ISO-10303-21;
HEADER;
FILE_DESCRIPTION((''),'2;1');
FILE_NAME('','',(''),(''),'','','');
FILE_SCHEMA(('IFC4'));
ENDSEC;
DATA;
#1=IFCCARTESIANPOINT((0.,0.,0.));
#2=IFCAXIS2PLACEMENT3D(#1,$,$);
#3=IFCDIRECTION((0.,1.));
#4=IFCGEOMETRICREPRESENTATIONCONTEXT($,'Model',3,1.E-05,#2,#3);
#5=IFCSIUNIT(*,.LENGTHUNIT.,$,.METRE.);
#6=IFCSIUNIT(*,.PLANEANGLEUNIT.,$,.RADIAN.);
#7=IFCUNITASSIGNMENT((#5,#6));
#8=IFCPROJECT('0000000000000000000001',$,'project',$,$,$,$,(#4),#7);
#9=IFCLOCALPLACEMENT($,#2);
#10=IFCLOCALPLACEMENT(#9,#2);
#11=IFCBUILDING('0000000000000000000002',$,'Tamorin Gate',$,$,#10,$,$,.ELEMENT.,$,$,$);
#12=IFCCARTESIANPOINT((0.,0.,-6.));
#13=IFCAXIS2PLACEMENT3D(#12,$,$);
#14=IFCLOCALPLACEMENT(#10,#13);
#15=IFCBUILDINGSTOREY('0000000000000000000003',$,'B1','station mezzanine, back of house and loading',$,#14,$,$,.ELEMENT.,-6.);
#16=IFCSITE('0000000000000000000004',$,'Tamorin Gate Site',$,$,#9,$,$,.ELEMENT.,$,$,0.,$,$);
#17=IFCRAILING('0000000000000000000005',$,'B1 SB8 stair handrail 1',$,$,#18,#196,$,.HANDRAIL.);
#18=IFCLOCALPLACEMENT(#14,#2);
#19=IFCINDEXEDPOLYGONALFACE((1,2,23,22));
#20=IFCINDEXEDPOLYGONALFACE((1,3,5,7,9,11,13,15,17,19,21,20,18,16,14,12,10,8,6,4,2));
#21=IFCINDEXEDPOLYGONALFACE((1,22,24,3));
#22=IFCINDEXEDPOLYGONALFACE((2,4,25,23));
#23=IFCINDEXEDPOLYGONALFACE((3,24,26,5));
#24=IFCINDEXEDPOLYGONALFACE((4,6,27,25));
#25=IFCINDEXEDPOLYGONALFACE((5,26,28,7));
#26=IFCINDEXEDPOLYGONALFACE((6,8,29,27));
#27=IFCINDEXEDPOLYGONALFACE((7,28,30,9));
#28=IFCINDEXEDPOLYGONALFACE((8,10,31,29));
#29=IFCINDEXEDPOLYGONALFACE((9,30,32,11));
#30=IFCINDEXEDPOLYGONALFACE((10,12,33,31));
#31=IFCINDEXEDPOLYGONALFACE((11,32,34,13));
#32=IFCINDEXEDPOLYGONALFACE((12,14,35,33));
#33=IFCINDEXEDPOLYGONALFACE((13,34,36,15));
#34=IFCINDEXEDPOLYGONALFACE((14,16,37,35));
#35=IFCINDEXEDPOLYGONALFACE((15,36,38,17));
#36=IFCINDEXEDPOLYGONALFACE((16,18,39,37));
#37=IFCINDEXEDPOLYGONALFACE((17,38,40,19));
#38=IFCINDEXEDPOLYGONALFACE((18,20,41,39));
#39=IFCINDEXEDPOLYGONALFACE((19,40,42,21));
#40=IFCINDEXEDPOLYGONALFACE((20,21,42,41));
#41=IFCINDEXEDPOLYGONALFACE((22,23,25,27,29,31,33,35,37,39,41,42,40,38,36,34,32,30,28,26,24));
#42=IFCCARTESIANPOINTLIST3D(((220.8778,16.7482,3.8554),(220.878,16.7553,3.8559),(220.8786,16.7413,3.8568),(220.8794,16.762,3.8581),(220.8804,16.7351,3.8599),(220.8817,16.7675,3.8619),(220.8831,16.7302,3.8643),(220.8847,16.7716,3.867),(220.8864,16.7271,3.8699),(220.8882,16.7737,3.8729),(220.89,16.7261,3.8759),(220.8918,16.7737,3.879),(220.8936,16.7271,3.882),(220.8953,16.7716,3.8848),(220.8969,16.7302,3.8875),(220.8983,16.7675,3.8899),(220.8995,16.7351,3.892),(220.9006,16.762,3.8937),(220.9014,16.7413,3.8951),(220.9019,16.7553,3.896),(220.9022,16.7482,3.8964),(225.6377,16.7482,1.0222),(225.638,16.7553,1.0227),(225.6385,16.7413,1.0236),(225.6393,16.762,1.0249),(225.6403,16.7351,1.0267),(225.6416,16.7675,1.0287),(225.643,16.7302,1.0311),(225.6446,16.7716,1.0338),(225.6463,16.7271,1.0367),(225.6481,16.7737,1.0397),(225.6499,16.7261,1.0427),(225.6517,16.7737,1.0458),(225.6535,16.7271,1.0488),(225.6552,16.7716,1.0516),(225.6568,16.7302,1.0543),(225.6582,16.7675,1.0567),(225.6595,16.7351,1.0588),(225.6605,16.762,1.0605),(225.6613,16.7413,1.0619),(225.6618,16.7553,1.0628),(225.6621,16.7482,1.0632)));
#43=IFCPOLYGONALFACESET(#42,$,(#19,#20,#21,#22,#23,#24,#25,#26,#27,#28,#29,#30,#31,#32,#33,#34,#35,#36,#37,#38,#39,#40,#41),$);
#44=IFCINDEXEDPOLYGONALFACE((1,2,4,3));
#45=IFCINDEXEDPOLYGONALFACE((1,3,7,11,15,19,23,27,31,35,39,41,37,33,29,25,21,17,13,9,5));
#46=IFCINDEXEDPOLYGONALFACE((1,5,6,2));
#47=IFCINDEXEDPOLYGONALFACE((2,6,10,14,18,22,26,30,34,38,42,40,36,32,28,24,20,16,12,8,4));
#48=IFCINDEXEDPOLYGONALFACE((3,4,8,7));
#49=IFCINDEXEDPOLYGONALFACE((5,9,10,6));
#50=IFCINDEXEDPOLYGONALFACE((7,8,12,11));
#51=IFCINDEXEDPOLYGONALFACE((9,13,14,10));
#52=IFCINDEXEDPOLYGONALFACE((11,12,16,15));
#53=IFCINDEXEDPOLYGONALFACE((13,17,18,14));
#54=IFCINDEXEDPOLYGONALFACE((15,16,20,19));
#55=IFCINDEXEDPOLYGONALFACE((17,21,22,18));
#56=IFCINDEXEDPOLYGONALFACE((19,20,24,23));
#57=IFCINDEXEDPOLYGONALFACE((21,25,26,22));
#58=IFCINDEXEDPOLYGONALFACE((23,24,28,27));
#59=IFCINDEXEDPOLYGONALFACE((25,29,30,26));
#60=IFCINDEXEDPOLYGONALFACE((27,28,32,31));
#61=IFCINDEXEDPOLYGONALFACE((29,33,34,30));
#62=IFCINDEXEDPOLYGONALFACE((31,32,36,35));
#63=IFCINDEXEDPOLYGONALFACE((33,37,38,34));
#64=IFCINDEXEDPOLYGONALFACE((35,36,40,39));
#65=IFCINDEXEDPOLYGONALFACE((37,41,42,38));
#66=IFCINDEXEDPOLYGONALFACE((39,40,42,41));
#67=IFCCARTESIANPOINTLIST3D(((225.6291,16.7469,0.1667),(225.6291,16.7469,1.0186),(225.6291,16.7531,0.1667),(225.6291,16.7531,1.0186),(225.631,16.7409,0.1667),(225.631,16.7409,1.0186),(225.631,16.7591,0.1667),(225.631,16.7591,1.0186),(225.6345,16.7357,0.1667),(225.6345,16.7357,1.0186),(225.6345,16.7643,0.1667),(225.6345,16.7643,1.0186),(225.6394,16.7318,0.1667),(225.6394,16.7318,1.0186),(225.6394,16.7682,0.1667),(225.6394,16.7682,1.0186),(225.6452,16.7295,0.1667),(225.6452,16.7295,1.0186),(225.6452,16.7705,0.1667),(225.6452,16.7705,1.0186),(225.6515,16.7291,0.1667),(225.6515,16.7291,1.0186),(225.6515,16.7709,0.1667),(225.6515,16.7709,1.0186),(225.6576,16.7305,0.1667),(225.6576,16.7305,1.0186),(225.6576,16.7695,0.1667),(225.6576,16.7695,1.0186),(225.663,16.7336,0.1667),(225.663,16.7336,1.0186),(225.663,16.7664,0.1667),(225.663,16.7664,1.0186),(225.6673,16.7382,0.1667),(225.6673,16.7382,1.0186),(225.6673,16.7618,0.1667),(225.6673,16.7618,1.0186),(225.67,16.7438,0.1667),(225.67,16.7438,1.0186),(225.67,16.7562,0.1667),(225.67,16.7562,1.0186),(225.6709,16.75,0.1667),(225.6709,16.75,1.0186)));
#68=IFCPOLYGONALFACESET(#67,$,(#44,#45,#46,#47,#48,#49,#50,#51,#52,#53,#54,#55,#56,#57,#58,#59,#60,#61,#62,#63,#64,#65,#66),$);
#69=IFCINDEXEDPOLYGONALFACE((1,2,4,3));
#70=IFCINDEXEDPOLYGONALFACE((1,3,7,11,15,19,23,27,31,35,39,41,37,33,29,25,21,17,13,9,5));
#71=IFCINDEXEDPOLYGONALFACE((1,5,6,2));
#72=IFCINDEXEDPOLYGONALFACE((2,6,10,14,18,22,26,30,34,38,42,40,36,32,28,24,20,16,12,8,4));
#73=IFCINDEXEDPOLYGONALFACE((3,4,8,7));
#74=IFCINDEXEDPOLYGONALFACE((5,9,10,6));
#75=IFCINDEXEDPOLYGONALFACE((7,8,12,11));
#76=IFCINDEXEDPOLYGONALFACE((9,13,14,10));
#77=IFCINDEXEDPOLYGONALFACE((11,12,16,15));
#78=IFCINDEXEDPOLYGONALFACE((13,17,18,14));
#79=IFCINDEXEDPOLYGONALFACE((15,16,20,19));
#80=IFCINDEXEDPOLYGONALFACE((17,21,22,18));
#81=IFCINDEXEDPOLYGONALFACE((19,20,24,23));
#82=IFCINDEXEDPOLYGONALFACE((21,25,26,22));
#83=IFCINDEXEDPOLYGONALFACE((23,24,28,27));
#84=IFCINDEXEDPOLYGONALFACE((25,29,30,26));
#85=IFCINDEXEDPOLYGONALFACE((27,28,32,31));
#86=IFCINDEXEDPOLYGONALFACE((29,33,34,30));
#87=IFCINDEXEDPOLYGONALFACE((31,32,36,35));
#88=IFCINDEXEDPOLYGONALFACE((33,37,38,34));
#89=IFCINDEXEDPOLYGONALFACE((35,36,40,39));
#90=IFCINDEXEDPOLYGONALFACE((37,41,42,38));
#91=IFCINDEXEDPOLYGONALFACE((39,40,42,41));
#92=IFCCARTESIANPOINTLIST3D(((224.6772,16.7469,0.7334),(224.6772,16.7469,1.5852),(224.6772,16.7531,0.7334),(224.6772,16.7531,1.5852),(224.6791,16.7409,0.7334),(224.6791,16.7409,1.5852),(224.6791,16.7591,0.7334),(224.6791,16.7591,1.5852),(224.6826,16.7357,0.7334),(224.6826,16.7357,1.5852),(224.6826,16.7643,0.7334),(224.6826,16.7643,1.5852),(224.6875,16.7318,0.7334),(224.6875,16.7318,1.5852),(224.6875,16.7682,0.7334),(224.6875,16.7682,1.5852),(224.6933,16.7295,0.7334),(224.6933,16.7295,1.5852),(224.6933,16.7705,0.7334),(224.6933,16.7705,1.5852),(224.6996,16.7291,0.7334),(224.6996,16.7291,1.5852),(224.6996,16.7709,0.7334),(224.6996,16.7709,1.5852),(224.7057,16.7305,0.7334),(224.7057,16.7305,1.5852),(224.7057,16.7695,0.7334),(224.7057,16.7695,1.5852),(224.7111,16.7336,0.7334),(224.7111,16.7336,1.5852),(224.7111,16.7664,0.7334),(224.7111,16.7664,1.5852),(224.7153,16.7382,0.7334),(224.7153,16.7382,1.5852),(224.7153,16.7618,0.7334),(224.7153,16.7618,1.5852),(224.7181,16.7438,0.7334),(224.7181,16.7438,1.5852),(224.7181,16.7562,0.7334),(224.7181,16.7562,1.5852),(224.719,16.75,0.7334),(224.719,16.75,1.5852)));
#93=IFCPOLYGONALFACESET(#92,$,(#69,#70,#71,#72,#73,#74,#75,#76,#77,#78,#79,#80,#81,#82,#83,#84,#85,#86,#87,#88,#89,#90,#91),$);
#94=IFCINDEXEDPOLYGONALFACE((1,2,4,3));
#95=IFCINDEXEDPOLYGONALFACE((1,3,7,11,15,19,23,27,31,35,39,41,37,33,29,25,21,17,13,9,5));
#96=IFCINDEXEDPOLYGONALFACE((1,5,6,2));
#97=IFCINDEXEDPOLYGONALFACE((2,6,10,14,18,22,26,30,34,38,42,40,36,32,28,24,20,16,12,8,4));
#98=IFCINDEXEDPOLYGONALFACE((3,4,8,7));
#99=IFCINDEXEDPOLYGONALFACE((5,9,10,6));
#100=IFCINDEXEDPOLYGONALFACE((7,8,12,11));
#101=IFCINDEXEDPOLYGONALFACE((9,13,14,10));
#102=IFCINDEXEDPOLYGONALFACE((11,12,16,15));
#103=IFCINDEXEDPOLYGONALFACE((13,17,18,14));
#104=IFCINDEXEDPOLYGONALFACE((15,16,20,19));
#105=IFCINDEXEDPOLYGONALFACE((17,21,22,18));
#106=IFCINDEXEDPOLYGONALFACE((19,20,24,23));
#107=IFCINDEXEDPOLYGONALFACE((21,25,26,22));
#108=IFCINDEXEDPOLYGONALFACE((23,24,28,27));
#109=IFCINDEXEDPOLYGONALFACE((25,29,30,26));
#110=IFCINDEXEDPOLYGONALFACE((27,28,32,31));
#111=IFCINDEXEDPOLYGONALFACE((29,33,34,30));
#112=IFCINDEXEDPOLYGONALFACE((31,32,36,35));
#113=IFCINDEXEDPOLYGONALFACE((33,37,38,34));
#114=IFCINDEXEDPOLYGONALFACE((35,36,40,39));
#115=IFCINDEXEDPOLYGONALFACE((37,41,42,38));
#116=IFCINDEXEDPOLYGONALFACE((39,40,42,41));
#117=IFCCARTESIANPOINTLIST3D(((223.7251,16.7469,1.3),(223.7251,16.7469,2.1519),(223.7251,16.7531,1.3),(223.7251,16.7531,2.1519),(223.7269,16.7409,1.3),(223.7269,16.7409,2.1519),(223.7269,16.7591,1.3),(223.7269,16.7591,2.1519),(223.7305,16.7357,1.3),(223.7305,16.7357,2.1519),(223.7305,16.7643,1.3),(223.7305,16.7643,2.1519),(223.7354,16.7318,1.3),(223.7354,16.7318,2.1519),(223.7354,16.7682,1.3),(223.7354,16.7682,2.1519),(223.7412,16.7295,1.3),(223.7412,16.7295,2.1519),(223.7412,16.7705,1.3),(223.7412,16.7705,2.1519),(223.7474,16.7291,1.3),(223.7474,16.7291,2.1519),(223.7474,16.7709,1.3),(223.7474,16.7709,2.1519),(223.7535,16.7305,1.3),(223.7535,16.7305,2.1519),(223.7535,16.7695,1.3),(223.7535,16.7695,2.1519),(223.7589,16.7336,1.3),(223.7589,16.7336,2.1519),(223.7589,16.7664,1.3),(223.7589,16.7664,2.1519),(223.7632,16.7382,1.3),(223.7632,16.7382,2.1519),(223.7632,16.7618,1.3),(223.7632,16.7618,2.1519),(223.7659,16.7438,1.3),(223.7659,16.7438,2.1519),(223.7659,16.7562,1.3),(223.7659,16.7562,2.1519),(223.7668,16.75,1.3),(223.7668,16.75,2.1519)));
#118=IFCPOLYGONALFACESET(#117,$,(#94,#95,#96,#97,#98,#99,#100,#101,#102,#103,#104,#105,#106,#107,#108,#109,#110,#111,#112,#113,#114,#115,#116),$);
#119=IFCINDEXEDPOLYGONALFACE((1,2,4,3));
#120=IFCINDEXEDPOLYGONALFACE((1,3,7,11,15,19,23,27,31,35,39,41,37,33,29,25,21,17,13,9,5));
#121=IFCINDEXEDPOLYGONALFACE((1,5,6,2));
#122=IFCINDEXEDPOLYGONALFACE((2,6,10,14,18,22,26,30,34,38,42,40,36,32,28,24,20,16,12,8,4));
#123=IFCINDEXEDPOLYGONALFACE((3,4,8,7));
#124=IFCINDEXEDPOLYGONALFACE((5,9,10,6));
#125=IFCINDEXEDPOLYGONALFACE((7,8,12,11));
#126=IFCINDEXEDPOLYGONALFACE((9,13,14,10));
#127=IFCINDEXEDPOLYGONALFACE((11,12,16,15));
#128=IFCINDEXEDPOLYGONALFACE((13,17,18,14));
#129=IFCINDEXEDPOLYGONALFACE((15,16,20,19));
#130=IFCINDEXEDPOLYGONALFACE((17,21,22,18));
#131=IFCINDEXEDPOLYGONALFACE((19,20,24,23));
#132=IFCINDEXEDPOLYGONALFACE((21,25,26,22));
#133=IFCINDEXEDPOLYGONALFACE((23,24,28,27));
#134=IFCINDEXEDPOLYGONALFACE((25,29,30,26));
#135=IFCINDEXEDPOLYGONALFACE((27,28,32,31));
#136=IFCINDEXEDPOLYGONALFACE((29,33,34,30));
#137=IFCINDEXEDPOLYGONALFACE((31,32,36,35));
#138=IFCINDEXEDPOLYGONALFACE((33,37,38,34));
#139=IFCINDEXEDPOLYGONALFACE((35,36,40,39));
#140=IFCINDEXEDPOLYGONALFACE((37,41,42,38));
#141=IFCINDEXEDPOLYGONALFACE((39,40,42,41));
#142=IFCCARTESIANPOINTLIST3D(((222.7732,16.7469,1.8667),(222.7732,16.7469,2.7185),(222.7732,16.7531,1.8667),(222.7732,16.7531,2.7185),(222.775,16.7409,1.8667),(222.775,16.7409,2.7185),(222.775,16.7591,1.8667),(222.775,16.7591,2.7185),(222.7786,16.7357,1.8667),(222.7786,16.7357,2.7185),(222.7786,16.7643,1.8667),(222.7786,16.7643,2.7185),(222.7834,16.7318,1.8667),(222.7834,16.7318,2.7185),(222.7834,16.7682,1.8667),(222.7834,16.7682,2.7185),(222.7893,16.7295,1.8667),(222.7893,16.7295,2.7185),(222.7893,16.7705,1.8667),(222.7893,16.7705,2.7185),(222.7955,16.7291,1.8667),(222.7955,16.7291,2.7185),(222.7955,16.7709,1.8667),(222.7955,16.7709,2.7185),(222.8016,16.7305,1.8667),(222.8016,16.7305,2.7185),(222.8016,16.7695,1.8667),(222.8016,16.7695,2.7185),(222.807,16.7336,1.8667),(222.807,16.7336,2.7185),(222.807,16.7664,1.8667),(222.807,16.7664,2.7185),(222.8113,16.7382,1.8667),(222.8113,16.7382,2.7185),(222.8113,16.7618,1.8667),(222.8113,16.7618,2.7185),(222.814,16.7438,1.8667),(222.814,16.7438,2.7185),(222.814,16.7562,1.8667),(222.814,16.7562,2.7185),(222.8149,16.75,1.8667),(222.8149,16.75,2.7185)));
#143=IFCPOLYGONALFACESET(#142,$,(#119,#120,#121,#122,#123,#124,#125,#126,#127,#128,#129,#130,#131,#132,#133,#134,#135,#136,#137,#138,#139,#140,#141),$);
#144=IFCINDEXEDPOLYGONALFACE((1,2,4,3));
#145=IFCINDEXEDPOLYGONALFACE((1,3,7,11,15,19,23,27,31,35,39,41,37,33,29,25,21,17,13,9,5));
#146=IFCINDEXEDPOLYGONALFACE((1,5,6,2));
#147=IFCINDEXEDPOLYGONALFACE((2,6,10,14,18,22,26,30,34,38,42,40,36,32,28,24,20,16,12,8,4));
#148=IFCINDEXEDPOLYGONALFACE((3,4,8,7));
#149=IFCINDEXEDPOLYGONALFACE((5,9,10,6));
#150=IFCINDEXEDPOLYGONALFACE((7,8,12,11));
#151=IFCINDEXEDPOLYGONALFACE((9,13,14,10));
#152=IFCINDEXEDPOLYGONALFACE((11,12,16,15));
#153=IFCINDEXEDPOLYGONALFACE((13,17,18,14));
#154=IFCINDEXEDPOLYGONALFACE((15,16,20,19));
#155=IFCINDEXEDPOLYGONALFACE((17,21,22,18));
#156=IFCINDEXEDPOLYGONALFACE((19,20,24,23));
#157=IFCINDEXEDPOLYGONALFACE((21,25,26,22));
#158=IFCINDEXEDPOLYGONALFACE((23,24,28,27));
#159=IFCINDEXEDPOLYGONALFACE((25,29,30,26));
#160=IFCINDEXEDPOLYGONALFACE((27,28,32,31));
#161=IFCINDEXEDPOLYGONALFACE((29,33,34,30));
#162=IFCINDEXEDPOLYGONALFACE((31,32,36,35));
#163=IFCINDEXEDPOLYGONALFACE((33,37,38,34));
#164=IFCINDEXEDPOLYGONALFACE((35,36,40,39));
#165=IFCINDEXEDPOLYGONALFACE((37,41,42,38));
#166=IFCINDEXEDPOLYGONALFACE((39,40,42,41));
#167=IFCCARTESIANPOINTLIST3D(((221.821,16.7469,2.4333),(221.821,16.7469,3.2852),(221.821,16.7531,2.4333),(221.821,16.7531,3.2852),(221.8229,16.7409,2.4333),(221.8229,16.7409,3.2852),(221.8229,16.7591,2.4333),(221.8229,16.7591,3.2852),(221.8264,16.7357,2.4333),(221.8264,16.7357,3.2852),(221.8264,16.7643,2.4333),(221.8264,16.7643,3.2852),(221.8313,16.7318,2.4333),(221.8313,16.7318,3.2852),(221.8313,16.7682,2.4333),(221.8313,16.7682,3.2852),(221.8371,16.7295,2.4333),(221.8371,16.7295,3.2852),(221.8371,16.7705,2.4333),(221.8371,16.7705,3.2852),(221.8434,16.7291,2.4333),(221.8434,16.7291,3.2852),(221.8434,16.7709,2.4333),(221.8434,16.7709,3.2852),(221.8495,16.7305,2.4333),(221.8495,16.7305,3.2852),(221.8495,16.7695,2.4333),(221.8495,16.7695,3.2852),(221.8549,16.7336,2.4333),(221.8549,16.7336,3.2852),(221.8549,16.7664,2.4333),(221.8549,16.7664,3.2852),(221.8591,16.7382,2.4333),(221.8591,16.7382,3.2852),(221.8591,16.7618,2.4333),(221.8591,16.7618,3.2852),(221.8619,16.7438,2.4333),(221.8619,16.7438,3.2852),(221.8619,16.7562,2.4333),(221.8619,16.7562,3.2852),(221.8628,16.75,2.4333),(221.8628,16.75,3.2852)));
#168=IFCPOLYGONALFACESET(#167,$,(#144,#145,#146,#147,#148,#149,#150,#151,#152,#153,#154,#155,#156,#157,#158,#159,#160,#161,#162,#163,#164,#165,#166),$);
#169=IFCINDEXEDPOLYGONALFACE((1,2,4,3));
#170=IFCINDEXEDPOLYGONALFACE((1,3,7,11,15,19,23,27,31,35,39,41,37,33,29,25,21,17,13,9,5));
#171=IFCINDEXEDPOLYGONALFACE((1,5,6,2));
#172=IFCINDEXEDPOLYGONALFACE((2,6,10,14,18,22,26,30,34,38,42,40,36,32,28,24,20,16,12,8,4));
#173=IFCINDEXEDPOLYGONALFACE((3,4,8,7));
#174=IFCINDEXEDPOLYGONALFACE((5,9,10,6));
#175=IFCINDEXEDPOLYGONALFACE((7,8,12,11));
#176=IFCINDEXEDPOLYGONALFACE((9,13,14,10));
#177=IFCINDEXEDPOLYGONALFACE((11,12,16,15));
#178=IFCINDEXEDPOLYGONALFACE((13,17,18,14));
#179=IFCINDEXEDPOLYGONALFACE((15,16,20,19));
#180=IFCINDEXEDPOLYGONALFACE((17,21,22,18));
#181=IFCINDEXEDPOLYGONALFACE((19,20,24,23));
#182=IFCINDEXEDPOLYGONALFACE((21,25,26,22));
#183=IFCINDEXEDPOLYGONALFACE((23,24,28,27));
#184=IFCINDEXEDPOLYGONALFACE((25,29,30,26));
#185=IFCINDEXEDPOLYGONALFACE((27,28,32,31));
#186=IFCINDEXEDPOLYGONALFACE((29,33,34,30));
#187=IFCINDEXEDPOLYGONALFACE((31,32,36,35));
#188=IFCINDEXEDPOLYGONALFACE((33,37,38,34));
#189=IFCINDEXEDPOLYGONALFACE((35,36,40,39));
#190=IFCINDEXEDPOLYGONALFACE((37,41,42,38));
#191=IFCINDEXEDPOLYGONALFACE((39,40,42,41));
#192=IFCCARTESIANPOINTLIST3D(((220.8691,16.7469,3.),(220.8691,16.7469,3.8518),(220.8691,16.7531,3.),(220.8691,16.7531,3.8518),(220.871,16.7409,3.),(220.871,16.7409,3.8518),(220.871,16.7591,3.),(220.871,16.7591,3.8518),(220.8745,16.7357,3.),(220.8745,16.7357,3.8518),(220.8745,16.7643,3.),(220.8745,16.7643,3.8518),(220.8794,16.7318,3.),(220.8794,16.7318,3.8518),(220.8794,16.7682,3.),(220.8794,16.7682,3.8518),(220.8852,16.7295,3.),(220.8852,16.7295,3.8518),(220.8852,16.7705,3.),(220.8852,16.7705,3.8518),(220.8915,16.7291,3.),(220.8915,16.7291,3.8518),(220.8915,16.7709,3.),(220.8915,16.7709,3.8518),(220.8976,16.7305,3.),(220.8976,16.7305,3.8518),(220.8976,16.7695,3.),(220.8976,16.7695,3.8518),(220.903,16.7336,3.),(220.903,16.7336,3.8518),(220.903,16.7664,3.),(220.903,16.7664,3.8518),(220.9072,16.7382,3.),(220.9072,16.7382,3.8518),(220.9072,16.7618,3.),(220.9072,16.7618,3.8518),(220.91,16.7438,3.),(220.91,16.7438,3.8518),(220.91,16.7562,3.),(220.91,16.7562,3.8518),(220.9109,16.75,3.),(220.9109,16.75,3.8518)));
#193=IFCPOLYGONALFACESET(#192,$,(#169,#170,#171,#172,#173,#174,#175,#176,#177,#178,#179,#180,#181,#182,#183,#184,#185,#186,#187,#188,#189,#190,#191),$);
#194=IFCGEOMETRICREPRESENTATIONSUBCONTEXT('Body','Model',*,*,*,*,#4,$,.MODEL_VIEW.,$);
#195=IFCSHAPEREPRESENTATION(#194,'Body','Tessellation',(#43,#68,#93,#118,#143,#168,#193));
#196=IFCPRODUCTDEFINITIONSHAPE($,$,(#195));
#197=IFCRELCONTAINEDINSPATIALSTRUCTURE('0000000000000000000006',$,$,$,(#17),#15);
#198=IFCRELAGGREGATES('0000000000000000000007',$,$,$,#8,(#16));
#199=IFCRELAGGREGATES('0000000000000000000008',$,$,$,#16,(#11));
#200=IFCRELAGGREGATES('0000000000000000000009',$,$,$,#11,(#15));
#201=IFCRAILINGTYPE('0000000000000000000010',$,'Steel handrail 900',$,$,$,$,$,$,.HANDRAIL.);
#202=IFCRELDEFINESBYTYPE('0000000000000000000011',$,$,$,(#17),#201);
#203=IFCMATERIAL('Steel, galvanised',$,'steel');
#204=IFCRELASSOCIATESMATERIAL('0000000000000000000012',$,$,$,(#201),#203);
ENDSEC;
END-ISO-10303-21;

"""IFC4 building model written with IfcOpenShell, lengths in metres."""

from ifc_helpers import new_model, si_unit, direction, frame, origin, origin_2d, place, context, subcontext, project, spatial, circle, extrude, material, type_object, element, save


model = new_model("IFC4")

# Units and contexts
model_context = context("Model", 3, precision=1e-05, world=origin(), true_north=direction((0.0, 1.0)))
body_context = subcontext(model_context, "Body", "Model", "MODEL_VIEW")
ifc_project = project(units=[si_unit("LENGTHUNIT", "METRE"), si_unit("PLANEANGLEUNIT", "RADIAN")], contexts=[model_context])

# Site, building, storey
site_placement = place(None, origin())
site = spatial("IfcSite", under=ifc_project, at=site_placement, Name="Tamorin Gate Site", CompositionType="ELEMENT", RefElevation=0.0)
building_placement = place(site_placement, origin())
building = spatial("IfcBuilding", under=site, at=building_placement, Name="Tamorin Gate", CompositionType="ELEMENT")
storey_placement = place(building_placement, frame((0.0, 0.0, -6.0)))
storey = spatial("IfcBuildingStorey", under=building, at=storey_placement, Name="B1", Description="station mezzanine, back of house and loading", CompositionType="ELEMENT", Elevation=-6.0)

# Railing
ifc_material_1 = material(Name="Steel, galvanised", Category="steel")
railing_type_1 = type_object("IfcRailingType", Name="Steel handrail 900", PredefinedType="HANDRAIL", material=ifc_material_1)
railing_1_placement = place(storey_placement, frame((225.6499, 16.75, 0.1667)))
element("IfcRailing", 1, at=railing_1_placement, inside=storey, type_object=railing_type_1, Name="B1 SB8 stair handrail 1", PredefinedType="HANDRAIL", context=body_context, shape_type="SweptSolid", body=[
    extrude(circle(Radius=0.0239, at=origin_2d()), frame((0.0, 0.0, 0.876), z_axis=(-0.8593, 0.0, 0.511472), x_axis=(0.0, -1.0, 0.0)), (0.0, 0.0, 1.0), 5.5393),
    extrude(circle(Radius=0.021, at=origin_2d()), origin(), (0.0, 0.0, 1.0), 0.8518),
    extrude(circle(Radius=0.021, at=origin_2d()), frame((-0.9519, 0.0, 0.5667)), (0.0, 0.0, 1.0), 0.8518),
    extrude(circle(Radius=0.021, at=origin_2d()), frame((-1.9041, 0.0, 1.1333)), (0.0, 0.0, 1.0), 0.8518),
    extrude(circle(Radius=0.021, at=origin_2d()), frame((-2.856, 0.0, 1.7)), (0.0, 0.0, 1.0), 0.8518),
    extrude(circle(Radius=0.021, at=origin_2d()), frame((-3.8081, 0.0, 2.2666)), (0.0, 0.0, 1.0), 0.8518),
    extrude(circle(Radius=0.021, at=origin_2d()), frame((-4.76, 0.0, 2.8333)), (0.0, 0.0, 1.0), 0.8518),
])

save(model, "model.ifc")
